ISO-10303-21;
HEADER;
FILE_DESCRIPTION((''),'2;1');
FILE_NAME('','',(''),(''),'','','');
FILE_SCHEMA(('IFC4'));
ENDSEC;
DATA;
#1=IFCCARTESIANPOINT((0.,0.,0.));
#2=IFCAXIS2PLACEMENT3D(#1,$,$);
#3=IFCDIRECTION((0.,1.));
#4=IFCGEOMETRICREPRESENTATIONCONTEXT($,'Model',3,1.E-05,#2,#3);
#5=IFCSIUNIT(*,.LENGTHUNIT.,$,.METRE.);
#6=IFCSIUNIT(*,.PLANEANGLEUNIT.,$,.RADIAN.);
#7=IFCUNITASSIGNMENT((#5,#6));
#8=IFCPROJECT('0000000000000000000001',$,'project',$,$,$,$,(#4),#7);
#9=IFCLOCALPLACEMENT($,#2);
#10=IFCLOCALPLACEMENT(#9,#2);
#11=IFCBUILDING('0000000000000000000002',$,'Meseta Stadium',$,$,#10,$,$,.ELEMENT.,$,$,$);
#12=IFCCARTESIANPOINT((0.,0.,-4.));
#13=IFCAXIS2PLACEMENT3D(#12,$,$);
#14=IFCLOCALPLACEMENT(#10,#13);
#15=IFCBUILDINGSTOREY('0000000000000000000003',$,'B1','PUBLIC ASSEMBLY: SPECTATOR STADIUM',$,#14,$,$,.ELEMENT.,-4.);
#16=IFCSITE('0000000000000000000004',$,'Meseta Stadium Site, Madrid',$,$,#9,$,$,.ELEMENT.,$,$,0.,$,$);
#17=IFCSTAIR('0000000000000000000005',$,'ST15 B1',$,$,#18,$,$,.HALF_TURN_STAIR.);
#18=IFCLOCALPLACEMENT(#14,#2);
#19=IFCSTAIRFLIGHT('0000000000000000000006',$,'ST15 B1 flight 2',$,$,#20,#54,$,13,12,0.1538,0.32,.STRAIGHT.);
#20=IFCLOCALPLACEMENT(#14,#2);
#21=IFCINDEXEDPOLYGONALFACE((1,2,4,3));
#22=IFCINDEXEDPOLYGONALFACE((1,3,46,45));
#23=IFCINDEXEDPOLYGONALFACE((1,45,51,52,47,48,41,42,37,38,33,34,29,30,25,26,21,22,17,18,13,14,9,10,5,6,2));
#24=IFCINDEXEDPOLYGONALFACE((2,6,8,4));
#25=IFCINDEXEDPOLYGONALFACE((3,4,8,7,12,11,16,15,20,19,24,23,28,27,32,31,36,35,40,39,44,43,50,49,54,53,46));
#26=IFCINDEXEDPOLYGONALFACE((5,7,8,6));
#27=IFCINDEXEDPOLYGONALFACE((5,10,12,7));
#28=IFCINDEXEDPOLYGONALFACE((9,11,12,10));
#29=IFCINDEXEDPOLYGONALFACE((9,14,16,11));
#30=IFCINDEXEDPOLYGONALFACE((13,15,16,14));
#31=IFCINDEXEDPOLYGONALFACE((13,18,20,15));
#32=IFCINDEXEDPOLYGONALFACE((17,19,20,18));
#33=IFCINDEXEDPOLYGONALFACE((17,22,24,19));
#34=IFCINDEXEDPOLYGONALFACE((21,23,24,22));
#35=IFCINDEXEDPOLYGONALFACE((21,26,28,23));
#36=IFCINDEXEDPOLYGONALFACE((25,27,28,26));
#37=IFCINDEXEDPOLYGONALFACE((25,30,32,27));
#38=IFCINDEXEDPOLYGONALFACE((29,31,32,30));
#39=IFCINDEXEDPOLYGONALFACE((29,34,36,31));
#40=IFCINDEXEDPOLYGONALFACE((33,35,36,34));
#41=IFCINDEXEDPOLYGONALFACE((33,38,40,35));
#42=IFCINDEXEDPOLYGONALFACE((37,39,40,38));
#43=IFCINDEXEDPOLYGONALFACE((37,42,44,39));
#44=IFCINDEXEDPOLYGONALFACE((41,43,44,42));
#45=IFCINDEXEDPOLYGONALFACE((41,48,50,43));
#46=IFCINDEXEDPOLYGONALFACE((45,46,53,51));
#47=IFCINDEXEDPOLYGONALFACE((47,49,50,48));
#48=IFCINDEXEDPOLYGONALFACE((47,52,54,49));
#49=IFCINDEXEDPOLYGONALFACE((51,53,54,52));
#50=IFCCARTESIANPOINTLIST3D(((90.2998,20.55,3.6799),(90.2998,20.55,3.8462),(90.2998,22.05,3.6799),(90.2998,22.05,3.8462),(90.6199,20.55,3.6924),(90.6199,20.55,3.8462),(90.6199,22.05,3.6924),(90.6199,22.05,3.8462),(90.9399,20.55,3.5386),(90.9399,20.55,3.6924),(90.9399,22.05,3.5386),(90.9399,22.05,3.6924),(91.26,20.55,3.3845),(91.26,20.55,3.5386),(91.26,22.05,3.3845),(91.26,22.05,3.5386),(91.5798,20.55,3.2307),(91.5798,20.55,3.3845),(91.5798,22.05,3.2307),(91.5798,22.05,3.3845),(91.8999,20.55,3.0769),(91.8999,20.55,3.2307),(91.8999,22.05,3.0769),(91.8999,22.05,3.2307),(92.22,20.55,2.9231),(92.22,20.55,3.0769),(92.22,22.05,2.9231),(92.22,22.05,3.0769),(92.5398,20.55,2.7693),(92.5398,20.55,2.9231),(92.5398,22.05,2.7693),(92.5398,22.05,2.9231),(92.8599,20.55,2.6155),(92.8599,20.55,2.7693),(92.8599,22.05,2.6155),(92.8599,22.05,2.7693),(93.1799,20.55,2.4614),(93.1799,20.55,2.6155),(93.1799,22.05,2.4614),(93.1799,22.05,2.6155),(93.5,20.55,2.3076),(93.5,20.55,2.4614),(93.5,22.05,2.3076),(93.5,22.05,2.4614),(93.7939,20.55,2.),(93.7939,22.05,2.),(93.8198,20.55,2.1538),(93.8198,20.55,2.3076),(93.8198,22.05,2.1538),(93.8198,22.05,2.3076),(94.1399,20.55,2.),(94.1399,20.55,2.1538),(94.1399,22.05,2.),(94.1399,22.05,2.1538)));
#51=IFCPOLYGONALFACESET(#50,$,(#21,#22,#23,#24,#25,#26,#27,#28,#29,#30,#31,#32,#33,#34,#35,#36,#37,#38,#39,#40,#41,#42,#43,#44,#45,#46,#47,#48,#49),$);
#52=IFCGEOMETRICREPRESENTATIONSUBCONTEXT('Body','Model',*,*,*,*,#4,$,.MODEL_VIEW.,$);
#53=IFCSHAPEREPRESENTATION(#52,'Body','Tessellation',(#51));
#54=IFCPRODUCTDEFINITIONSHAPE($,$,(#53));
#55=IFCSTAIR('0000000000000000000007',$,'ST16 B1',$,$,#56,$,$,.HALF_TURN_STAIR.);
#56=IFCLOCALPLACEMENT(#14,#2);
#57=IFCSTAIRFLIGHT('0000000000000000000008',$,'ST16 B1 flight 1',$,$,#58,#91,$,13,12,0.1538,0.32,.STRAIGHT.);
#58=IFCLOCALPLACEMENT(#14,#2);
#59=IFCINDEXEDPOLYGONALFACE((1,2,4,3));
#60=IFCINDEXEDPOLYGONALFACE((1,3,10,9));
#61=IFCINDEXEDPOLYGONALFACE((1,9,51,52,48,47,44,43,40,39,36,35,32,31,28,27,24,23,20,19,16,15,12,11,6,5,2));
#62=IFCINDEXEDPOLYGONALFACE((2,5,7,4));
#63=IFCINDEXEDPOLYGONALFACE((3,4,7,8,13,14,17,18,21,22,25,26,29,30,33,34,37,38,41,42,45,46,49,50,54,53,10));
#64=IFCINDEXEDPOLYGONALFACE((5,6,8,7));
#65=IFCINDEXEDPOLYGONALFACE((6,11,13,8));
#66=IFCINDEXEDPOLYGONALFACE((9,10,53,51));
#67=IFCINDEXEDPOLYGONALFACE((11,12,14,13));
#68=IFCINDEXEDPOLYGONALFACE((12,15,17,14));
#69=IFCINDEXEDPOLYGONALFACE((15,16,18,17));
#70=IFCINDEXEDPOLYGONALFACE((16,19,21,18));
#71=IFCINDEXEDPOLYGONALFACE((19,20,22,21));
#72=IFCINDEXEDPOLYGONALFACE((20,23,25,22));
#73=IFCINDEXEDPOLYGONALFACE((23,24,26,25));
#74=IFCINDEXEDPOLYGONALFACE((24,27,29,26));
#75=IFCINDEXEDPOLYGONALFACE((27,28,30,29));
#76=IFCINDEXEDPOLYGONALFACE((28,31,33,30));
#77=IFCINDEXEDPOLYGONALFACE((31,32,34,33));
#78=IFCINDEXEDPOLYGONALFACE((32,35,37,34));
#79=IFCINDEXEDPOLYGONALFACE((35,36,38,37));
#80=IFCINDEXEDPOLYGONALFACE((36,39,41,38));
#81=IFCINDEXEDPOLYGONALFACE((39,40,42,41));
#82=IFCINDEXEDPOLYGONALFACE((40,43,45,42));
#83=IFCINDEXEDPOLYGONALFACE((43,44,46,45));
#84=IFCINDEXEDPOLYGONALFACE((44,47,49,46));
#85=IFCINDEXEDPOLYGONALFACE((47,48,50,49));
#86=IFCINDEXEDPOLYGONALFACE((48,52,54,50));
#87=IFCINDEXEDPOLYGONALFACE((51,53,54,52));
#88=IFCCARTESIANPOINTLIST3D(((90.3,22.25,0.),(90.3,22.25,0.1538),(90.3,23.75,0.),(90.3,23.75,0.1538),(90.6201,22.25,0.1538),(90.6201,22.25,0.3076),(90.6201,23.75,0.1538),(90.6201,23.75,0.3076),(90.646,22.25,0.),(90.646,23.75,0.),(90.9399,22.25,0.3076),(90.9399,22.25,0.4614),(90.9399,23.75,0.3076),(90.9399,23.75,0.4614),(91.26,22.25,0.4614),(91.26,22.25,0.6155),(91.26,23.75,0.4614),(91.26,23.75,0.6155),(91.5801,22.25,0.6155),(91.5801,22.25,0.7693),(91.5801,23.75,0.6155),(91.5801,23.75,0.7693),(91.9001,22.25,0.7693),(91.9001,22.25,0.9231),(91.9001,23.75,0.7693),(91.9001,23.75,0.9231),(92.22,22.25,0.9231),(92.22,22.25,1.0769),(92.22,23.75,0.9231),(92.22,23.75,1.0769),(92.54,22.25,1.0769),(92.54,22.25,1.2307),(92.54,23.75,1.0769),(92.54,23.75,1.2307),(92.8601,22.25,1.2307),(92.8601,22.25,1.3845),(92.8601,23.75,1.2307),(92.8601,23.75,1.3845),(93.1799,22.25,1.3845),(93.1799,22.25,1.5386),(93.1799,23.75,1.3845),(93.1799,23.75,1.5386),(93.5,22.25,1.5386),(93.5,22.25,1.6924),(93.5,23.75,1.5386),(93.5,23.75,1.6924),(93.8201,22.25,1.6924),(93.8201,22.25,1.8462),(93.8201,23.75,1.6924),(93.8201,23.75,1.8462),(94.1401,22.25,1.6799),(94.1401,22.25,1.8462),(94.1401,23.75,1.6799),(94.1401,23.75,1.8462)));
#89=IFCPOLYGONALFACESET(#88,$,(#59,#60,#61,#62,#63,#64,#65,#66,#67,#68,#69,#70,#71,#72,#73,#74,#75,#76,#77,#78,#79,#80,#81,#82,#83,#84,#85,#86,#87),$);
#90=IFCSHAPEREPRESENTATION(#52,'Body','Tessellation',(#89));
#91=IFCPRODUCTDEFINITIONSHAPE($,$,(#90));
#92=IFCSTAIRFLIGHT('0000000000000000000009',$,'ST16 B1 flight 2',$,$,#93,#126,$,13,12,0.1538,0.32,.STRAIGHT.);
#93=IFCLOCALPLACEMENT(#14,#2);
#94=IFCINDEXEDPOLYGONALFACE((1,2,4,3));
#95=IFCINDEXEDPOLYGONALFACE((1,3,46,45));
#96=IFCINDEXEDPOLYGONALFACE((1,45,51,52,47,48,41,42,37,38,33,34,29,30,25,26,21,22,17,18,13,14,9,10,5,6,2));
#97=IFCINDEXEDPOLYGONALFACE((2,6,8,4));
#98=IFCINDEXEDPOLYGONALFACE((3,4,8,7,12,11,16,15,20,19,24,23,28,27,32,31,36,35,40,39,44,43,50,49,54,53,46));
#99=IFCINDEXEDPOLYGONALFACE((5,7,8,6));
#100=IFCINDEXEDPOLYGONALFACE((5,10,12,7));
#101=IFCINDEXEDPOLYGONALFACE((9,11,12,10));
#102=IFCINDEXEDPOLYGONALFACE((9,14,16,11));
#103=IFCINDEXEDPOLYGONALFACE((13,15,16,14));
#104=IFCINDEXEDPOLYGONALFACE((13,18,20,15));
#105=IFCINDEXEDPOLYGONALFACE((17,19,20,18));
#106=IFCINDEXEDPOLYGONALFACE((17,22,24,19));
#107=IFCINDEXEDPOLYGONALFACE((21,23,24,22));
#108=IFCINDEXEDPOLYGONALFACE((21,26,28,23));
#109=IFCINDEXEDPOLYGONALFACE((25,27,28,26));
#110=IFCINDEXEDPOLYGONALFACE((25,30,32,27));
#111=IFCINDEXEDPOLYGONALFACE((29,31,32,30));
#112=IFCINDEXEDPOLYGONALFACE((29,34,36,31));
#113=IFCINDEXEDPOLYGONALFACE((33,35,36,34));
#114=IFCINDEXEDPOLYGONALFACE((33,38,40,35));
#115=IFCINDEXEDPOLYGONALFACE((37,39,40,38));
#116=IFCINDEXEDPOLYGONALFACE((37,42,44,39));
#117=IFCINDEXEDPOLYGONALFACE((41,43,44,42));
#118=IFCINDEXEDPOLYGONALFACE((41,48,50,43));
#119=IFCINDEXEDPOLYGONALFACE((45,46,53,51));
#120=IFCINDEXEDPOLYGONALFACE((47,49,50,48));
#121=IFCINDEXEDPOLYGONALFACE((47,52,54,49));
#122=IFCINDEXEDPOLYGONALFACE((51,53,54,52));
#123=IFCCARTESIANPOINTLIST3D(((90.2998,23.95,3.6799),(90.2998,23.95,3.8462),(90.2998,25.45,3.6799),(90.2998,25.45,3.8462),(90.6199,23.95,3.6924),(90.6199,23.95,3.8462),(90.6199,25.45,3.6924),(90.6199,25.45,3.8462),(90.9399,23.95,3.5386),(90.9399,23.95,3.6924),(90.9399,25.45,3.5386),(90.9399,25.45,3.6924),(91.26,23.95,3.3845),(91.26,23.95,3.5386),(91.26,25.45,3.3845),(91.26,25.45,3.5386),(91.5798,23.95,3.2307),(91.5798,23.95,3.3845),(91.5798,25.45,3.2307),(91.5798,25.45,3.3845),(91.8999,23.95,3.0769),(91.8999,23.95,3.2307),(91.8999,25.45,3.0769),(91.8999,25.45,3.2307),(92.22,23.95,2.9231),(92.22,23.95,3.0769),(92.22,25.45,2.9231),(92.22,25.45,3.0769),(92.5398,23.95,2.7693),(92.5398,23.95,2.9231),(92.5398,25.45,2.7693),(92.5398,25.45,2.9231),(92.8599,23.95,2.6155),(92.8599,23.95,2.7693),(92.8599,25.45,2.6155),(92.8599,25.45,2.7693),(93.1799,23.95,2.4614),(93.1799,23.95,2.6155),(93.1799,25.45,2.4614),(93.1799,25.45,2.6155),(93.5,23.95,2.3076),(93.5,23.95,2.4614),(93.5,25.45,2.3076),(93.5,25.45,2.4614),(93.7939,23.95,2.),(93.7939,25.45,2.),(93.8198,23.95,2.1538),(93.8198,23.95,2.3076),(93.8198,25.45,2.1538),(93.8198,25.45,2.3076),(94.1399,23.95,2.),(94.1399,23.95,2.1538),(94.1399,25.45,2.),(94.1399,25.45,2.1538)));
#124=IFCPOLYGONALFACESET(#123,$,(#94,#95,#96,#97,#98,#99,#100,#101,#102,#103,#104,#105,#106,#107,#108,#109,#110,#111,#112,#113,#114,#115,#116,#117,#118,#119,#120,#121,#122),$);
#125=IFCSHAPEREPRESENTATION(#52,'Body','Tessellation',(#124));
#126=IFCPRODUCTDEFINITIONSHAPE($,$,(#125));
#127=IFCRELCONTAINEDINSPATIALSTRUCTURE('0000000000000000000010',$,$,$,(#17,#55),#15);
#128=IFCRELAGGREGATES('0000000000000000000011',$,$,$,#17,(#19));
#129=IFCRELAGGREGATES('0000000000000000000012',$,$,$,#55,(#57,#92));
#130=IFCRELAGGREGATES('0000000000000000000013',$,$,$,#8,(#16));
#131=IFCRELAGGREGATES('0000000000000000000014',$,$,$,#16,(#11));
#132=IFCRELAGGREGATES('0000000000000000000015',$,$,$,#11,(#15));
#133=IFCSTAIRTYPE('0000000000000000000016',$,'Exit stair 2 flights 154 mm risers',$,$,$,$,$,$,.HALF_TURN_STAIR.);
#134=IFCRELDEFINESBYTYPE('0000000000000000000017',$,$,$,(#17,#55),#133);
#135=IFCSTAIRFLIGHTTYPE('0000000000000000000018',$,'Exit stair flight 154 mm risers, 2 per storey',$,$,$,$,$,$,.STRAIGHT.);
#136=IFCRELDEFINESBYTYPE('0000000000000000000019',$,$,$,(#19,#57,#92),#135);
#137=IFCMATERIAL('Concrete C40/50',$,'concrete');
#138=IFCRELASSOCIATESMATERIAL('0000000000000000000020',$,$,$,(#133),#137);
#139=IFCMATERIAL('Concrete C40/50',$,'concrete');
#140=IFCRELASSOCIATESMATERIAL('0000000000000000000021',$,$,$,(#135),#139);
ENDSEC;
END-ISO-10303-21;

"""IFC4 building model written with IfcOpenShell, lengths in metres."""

from ifc_helpers import new_model, si_unit, direction, frame, origin, place, context, subcontext, project, spatial, polyline, outline, extrude, material, type_object, element, aggregate, save


model = new_model("IFC4")

# Units and contexts
model_context = context("Model", 3, precision=1e-05, world=origin(), true_north=direction((0.0, 1.0)))
body_context = subcontext(model_context, "Body", "Model", "MODEL_VIEW")
ifc_project = project(units=[si_unit("LENGTHUNIT", "METRE"), si_unit("PLANEANGLEUNIT", "RADIAN")], contexts=[model_context])

# Site, building, storey
site_placement = place(None, origin())
site = spatial("IfcSite", under=ifc_project, at=site_placement, Name="Meseta Stadium Site, Madrid", CompositionType="ELEMENT", RefElevation=0.0)
building_placement = place(site_placement, origin())
building = spatial("IfcBuilding", under=site, at=building_placement, Name="Meseta Stadium", CompositionType="ELEMENT")
storey_placement = place(building_placement, frame((0.0, 0.0, -4.0)))
storey = spatial("IfcBuildingStorey", under=building, at=storey_placement, Name="B1", Description="PUBLIC ASSEMBLY: SPECTATOR STADIUM", CompositionType="ELEMENT", Elevation=-4.0)

# Stair, stair flight
ifc_material_1 = material(Name="Concrete C40/50", Category="concrete")
stair_type = type_object("IfcStairType", Name="Exit stair 2 flights 154 mm risers", PredefinedType="HALF_TURN_STAIR", material=ifc_material_1)
stair_1_placement = place(storey_placement, origin())
stair_1 = element("IfcStair", 1, at=stair_1_placement, inside=storey, type_object=stair_type, Name="ST15 B1", PredefinedType="HALF_TURN_STAIR")
ifc_material_2 = material(Name="Concrete C40/50", Category="concrete")
stair_flight_type = type_object("IfcStairFlightType", Name="Exit stair flight 154 mm risers, 2 per storey", PredefinedType="STRAIGHT", material=ifc_material_2)
stair_flight_1_placement = place(storey_placement, frame((94.1399, 21.3, 2.0), z_axis=(0.0, 0.0, 1.0), x_axis=(-1.0, 0.0, 0.0)))
stair_flight_1 = element("IfcStairFlight", 2, at=stair_flight_1_placement, type_object=stair_flight_type, Name="ST15 B1 flight 2", NumberOfRisers=13, NumberOfTreads=12, PredefinedType="STRAIGHT", RiserHeight=0.1538, TreadLength=0.32, context=body_context, shape_type="SweptSolid", body=[
    extrude(outline(polyline([(0.0, 0.0), (0.0, 0.1538), (0.3201, 0.1538), (0.3201, 0.3076), (0.6399, 0.3076), (0.6399, 0.4614), (0.96, 0.4614), (0.96, 0.6155), (1.28, 0.6155), (1.28, 0.7693), (1.6001, 0.7693), (1.6001, 0.9231), (1.9199, 0.9231), (1.9199, 1.0769), (2.24, 1.0769), (2.24, 1.2307), (2.5601, 1.2307), (2.5601, 1.3845), (2.8799, 1.3845), (2.8799, 1.5386), (3.2, 1.5386), (3.2, 1.6924), (3.52, 1.6924), (3.52, 1.8462), (3.8401, 1.8462), (3.8401, 1.6799), (0.3459, 0.0), (0.0, 0.0)])), frame((0.0, 0.75, 0.0), z_axis=(0.0, -1.0, 0.0), x_axis=(1.0, 0.0, 0.0)), (0.0, 0.0, 1.0), 1.5),
])
aggregate(stair_1, [stair_flight_1])

# Stair, stair flights
stair_2_placement = place(storey_placement, origin())
stair_2 = element("IfcStair", 3, at=stair_2_placement, inside=storey, type_object=stair_type, Name="ST16 B1", PredefinedType="HALF_TURN_STAIR")
stair_flight_2_placement = place(storey_placement, frame((90.3, 23.0, 0.0), z_axis=(0.0, 0.0, 1.0), x_axis=(1.0, 0.0, 0.0)))
stair_flight_2 = element("IfcStairFlight", 4, at=stair_flight_2_placement, type_object=stair_flight_type, Name="ST16 B1 flight 1", NumberOfRisers=13, NumberOfTreads=12, PredefinedType="STRAIGHT", RiserHeight=0.1538, TreadLength=0.32, context=body_context, shape_type="SweptSolid", body=[
    extrude(outline(polyline([(0.0, 0.0), (0.0, 0.1538), (0.3201, 0.1538), (0.3201, 0.3076), (0.6399, 0.3076), (0.6399, 0.4614), (0.96, 0.4614), (0.96, 0.6155), (1.28, 0.6155), (1.28, 0.7693), (1.6001, 0.7693), (1.6001, 0.9231), (1.9199, 0.9231), (1.9199, 1.0769), (2.24, 1.0769), (2.24, 1.2307), (2.5601, 1.2307), (2.5601, 1.3845), (2.8799, 1.3845), (2.8799, 1.5386), (3.2, 1.5386), (3.2, 1.6924), (3.52, 1.6924), (3.52, 1.8462), (3.8401, 1.8462), (3.8401, 1.6799), (0.3459, 0.0), (0.0, 0.0)])), frame((0.0, 0.75, 0.0), z_axis=(0.0, -1.0, 0.0), x_axis=(1.0, 0.0, 0.0)), (0.0, 0.0, 1.0), 1.5),
])
stair_flight_3_placement = place(storey_placement, frame((94.1399, 24.7, 2.0), z_axis=(0.0, 0.0, 1.0), x_axis=(-1.0, 0.0, 0.0)))
stair_flight_3 = element("IfcStairFlight", 5, at=stair_flight_3_placement, type_object=stair_flight_type, Name="ST16 B1 flight 2", NumberOfRisers=13, NumberOfTreads=12, PredefinedType="STRAIGHT", RiserHeight=0.1538, TreadLength=0.32, context=body_context, shape_type="SweptSolid", body=[
    extrude(outline(polyline([(0.0, 0.0), (0.0, 0.1538), (0.3201, 0.1538), (0.3201, 0.3076), (0.6399, 0.3076), (0.6399, 0.4614), (0.96, 0.4614), (0.96, 0.6155), (1.28, 0.6155), (1.28, 0.7693), (1.6001, 0.7693), (1.6001, 0.9231), (1.9199, 0.9231), (1.9199, 1.0769), (2.24, 1.0769), (2.24, 1.2307), (2.5601, 1.2307), (2.5601, 1.3845), (2.8799, 1.3845), (2.8799, 1.5386), (3.2, 1.5386), (3.2, 1.6924), (3.52, 1.6924), (3.52, 1.8462), (3.8401, 1.8462), (3.8401, 1.6799), (0.3459, 0.0), (0.0, 0.0)])), frame((0.0, 0.75, 0.0), z_axis=(0.0, -1.0, 0.0), x_axis=(1.0, 0.0, 0.0)), (0.0, 0.0, 1.0), 1.5),
])
aggregate(stair_2, [stair_flight_2, stair_flight_3])

save(model, "model.ifc")
